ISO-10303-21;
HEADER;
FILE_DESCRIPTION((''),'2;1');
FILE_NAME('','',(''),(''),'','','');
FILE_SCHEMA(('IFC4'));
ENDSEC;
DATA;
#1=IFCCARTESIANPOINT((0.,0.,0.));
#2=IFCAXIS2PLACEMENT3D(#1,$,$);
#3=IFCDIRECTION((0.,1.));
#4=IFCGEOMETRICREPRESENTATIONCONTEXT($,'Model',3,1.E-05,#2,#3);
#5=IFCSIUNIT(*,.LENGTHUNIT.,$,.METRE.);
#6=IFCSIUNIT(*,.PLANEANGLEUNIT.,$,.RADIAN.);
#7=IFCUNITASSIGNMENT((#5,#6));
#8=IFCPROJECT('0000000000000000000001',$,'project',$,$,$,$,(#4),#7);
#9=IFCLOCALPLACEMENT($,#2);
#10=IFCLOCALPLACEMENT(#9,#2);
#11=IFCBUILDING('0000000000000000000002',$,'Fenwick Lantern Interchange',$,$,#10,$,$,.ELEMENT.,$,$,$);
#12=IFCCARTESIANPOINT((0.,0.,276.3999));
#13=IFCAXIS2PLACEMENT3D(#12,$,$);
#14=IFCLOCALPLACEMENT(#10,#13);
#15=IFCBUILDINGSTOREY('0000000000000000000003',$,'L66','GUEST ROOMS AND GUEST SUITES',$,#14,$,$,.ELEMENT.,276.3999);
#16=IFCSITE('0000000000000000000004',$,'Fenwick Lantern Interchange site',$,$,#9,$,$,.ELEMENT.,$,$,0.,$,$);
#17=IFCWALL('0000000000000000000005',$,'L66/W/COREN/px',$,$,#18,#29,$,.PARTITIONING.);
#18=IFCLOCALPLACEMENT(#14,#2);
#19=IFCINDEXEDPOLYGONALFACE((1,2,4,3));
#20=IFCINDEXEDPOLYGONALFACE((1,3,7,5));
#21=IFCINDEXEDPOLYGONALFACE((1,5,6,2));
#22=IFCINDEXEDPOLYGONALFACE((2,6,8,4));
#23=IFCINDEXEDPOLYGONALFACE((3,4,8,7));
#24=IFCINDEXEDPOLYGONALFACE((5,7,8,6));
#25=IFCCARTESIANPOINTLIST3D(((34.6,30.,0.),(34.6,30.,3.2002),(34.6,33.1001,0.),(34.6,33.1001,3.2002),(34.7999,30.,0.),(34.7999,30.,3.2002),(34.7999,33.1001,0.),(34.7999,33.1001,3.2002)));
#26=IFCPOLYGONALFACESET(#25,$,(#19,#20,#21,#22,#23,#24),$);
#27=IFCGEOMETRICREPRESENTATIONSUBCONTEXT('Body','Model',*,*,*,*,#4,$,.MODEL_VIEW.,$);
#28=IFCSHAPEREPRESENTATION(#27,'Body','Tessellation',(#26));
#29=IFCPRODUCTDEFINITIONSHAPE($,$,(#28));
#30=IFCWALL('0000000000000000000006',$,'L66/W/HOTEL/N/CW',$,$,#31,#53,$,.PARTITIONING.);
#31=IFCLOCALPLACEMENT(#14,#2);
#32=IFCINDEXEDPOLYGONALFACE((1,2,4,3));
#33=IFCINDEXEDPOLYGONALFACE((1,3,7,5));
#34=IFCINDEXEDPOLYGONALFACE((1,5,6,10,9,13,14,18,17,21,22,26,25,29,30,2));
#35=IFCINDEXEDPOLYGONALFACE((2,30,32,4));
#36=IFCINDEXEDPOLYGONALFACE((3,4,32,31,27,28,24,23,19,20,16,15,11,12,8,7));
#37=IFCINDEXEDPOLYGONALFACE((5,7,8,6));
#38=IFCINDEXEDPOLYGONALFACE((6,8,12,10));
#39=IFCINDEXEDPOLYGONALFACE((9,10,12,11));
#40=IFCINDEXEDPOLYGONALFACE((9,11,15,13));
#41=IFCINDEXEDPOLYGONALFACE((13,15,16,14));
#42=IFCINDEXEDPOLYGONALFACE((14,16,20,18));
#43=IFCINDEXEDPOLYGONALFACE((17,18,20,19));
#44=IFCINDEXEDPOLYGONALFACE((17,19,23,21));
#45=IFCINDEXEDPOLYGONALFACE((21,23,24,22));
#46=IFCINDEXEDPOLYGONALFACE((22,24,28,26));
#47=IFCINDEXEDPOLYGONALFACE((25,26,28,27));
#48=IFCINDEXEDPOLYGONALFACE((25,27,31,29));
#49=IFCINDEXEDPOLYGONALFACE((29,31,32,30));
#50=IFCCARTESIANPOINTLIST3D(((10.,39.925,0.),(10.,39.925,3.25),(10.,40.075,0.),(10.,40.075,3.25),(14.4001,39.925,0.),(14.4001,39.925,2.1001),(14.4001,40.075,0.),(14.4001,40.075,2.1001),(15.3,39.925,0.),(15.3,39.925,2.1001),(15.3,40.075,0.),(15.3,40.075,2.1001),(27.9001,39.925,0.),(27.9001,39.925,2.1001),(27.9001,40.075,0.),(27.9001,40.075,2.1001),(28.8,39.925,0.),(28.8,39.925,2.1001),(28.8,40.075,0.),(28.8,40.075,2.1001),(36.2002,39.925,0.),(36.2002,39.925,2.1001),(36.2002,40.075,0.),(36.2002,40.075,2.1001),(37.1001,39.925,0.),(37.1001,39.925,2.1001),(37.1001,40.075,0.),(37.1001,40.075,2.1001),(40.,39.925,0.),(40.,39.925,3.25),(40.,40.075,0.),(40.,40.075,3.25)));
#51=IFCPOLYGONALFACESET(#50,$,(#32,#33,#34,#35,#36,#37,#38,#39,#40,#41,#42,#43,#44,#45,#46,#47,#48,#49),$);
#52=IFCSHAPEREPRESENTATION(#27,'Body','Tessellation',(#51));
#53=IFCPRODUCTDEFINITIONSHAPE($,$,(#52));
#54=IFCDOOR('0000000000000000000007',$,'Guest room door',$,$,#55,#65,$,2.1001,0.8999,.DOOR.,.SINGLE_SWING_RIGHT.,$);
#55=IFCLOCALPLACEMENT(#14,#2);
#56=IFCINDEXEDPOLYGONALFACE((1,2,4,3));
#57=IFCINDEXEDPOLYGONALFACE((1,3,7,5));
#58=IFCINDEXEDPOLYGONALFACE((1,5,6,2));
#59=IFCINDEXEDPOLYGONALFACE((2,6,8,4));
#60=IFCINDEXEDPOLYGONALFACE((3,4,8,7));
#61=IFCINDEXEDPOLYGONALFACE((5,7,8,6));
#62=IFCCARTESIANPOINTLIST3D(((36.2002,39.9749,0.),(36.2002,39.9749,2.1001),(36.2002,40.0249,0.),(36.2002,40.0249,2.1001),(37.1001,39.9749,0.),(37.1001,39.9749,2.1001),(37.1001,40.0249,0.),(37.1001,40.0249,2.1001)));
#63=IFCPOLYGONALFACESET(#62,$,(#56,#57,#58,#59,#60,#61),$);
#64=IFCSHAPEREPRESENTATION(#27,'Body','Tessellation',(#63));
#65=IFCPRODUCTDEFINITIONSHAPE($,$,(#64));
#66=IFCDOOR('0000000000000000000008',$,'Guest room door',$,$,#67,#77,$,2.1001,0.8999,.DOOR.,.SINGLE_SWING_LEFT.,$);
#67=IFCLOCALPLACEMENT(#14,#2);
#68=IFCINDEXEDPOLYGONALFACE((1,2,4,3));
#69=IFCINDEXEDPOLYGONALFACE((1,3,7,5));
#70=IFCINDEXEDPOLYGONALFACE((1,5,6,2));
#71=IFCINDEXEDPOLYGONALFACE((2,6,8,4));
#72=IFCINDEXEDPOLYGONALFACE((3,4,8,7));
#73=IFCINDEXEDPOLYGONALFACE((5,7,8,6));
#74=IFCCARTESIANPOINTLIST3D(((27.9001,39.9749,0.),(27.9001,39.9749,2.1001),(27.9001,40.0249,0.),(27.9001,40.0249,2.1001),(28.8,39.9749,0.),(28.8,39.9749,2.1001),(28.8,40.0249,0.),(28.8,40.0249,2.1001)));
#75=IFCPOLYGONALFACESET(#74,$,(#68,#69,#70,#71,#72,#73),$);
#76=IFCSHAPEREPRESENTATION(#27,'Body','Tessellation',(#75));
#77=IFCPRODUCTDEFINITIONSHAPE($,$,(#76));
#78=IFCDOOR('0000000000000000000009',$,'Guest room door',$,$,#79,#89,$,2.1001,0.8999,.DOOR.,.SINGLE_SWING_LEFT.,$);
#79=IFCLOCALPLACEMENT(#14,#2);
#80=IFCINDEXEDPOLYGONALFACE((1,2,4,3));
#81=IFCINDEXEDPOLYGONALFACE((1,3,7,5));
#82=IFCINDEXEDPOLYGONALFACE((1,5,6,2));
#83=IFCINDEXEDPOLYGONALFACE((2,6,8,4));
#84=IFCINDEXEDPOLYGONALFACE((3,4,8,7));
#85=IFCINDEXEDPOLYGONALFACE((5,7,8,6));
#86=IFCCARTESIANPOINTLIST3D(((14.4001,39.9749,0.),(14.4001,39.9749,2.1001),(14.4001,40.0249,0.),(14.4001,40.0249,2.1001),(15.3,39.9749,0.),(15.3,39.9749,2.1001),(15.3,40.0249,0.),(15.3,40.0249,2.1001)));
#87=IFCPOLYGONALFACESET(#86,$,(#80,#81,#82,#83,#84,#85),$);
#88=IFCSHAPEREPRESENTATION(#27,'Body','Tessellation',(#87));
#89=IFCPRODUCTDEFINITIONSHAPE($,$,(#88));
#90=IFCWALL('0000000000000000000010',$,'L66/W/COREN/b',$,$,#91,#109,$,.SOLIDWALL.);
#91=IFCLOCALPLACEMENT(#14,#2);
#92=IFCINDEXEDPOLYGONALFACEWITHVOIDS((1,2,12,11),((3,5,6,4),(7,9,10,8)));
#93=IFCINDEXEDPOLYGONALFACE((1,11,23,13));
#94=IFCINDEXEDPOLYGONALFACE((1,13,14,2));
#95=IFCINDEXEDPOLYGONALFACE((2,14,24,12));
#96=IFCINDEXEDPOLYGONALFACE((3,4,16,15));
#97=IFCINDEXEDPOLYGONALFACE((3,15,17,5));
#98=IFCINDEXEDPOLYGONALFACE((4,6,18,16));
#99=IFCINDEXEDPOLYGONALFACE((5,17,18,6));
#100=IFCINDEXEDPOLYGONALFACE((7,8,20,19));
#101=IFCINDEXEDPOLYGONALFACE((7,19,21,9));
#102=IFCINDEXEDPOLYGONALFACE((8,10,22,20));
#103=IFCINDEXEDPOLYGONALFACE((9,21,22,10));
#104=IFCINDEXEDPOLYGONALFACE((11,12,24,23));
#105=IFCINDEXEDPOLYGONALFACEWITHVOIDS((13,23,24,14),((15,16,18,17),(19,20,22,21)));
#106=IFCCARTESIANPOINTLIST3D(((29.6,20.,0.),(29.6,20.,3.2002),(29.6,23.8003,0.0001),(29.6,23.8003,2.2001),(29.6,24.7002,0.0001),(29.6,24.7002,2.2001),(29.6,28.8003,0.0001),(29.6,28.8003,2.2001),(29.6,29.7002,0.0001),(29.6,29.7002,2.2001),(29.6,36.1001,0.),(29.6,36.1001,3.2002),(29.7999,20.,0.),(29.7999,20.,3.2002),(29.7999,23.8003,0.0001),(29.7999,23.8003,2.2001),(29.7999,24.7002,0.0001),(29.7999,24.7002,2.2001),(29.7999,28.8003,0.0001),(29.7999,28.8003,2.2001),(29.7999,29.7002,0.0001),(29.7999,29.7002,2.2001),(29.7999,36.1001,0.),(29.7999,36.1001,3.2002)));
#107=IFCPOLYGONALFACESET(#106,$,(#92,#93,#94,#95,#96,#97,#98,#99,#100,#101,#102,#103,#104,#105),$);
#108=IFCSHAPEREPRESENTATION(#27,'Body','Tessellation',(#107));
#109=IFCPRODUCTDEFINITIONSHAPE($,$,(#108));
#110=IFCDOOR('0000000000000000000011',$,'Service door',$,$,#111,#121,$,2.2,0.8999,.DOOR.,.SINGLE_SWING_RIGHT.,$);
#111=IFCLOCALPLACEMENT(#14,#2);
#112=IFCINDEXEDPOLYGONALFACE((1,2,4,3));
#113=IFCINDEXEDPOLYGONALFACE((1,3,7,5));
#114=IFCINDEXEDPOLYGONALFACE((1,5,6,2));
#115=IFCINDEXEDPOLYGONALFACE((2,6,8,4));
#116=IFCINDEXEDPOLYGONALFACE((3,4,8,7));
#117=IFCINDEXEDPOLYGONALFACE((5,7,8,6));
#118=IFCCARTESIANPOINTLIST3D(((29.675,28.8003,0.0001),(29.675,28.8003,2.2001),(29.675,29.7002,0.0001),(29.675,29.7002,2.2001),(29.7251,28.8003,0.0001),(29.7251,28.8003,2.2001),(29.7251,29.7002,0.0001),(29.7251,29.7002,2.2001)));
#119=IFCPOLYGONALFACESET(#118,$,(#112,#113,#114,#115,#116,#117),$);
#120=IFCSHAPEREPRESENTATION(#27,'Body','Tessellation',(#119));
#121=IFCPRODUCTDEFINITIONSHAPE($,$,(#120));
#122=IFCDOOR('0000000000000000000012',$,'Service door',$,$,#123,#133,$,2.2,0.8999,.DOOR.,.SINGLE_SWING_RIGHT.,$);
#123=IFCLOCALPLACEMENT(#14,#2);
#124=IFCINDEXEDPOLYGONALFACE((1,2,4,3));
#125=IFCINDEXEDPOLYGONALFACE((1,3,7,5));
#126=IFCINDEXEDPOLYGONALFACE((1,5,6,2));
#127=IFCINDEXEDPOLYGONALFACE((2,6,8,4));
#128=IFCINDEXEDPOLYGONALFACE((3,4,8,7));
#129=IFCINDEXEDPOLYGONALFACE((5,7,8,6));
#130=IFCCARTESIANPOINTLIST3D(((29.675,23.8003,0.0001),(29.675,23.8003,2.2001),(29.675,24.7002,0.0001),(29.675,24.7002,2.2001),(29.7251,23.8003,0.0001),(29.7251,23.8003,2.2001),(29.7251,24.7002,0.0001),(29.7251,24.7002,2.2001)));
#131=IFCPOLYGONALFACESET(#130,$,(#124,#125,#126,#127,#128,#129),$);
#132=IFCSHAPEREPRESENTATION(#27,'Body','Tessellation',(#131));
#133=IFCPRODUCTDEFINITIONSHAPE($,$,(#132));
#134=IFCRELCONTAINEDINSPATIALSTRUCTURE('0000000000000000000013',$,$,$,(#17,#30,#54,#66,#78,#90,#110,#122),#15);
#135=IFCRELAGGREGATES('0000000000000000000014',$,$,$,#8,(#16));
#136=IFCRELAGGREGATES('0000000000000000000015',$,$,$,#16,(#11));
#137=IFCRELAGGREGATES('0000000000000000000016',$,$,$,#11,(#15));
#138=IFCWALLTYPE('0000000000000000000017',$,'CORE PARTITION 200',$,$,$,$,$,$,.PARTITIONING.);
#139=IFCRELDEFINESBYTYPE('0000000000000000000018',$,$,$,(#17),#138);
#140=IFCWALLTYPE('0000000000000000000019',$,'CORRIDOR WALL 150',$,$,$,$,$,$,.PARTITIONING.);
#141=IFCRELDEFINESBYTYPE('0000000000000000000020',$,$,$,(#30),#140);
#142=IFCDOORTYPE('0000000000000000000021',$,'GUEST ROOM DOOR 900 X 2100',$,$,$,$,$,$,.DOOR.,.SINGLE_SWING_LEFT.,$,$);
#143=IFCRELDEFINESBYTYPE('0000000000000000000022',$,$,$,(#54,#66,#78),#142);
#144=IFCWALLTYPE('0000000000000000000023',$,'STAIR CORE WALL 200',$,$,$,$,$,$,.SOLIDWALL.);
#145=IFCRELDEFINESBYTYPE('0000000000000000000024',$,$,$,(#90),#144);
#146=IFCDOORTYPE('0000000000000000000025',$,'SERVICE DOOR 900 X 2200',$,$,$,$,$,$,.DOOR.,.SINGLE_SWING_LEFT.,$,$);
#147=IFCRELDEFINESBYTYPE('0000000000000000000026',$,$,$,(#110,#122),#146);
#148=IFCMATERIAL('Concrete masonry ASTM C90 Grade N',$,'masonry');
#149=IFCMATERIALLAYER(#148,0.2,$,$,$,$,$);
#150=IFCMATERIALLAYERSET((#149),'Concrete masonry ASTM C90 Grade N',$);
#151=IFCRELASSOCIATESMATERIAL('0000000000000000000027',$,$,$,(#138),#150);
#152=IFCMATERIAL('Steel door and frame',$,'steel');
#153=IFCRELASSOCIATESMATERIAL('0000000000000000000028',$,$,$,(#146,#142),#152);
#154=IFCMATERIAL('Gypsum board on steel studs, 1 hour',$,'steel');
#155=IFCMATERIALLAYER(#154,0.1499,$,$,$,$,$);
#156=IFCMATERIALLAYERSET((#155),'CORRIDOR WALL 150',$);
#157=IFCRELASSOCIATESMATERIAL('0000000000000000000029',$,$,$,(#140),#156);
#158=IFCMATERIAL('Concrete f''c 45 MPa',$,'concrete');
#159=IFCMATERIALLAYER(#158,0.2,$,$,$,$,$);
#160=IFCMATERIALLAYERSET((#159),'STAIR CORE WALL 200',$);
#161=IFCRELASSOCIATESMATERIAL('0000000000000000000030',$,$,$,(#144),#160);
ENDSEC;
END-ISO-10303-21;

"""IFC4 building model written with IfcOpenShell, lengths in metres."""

from ifc_helpers import new_model, si_unit, direction, frame, frame_2d, origin, place, context, subcontext, project, spatial, rectangle, extrude, material, layer, layer_set, type_object, element, fill, save


model = new_model("IFC4")

# Units and contexts
model_context = context("Model", 3, precision=1e-05, world=origin(), true_north=direction((0.0, 1.0)))
body_context = subcontext(model_context, "Body", "Model", "MODEL_VIEW")
ifc_project = project(units=[si_unit("LENGTHUNIT", "METRE"), si_unit("PLANEANGLEUNIT", "RADIAN")], contexts=[model_context])

# Site, building, storey
site_placement = place(None, origin())
site = spatial("IfcSite", under=ifc_project, at=site_placement, Name="Fenwick Lantern Interchange site", CompositionType="ELEMENT", RefElevation=0.0)
building_placement = place(site_placement, origin())
building = spatial("IfcBuilding", under=site, at=building_placement, Name="Fenwick Lantern Interchange", CompositionType="ELEMENT")
storey_placement = place(building_placement, frame((0.0, 0.0, 276.3999)))
storey = spatial("IfcBuildingStorey", under=building, at=storey_placement, Name="L66", Description="GUEST ROOMS AND GUEST SUITES", CompositionType="ELEMENT", Elevation=276.3999)

# Shared definitions
ifc_material_1 = material(Name="Concrete masonry ASTM C90 Grade N", Category="masonry")
ifc_layer_1 = layer(ifc_material_1, 0.2)
ifc_layer_set_1 = layer_set([ifc_layer_1], Name="Concrete masonry ASTM C90 Grade N")
wall_type_1 = type_object("IfcWallType", Name="CORE PARTITION 200", PredefinedType="PARTITIONING", material=ifc_layer_set_1)
ifc_material_2 = material(Name="Steel door and frame", Category="steel")
door_type_1 = type_object("IfcDoorType", Name="SERVICE DOOR 900 X 2200", OperationType="SINGLE_SWING_LEFT", PredefinedType="DOOR", material=ifc_material_2)

# Wall
wall_1_placement = place(storey_placement, frame((34.7, 33.1001, 0.0), z_axis=(0.0, 0.0, 1.0), x_axis=(0.0, -1.0, 0.0)))
element("IfcWall", 1, at=wall_1_placement, inside=storey, type_object=wall_type_1, Name="L66/W/COREN/px", PredefinedType="PARTITIONING", context=body_context, shape_type="SweptSolid", body=[
    extrude(rectangle(XDim=3.1001, YDim=0.2, at=frame_2d((1.55, 0.0))), origin(), (0.0, 0.0, 1.0), 3.2002),
])

# Walls, openings, doors
ifc_material_3 = material(Name="Gypsum board on steel studs, 1 hour", Category="steel")
ifc_layer_2 = layer(ifc_material_3, 0.1499)
ifc_layer_set_2 = layer_set([ifc_layer_2], Name="CORRIDOR WALL 150")
wall_type_2 = type_object("IfcWallType", Name="CORRIDOR WALL 150", PredefinedType="PARTITIONING", material=ifc_layer_set_2)
wall_2_placement = place(storey_placement, frame((40.0, 40.0, 0.0), z_axis=(0.0, 0.0, 1.0), x_axis=(-1.0, 0.0, 0.0)))
wall_2 = element("IfcWall", 2, at=wall_2_placement, inside=storey, type_object=wall_type_2, Name="L66/W/HOTEL/N/CW", PredefinedType="PARTITIONING", context=body_context, shape_type="SweptSolid", body=[
    extrude(rectangle(XDim=30.0, YDim=0.1499, at=frame_2d((15.0, 0.0))), origin(), (0.0, 0.0, 1.0), 3.25),
])
opening_1_placement = place(wall_2_placement, frame((2.8999, 0.0, 0.0)))
opening_1 = element("IfcOpeningElement", 3, at=opening_1_placement, cuts=wall_2, PredefinedType="OPENING", context=body_context, shape_type="SweptSolid", body=[
    extrude(rectangle(XDim=0.8999, YDim=2.1001, at=frame_2d((0.45, 1.05))), frame((0.0, 0.085, 0.0), z_axis=(0.0, -1.0, 0.0), x_axis=(1.0, 0.0, 0.0)), (0.0, 0.0, 1.0), 0.1699),
])
opening_2_placement = place(wall_2_placement, frame((11.2, 0.0, 0.0)))
opening_2 = element("IfcOpeningElement", 4, at=opening_2_placement, cuts=wall_2, PredefinedType="OPENING", context=body_context, shape_type="SweptSolid", body=[
    extrude(rectangle(XDim=0.8999, YDim=2.1001, at=frame_2d((0.45, 1.05))), frame((0.0, 0.085, 0.0), z_axis=(0.0, -1.0, 0.0), x_axis=(1.0, 0.0, 0.0)), (0.0, 0.0, 1.0), 0.1699),
])
opening_3_placement = place(wall_2_placement, frame((24.7, 0.0, 0.0)))
opening_3 = element("IfcOpeningElement", 5, at=opening_3_placement, cuts=wall_2, PredefinedType="OPENING", context=body_context, shape_type="SweptSolid", body=[
    extrude(rectangle(XDim=0.8999, YDim=2.1001, at=frame_2d((0.45, 1.05))), frame((0.0, 0.085, 0.0), z_axis=(0.0, -1.0, 0.0), x_axis=(1.0, 0.0, 0.0)), (0.0, 0.0, 1.0), 0.1699),
])
door_type_2 = type_object("IfcDoorType", Name="GUEST ROOM DOOR 900 X 2100", OperationType="SINGLE_SWING_LEFT", PredefinedType="DOOR", material=ifc_material_2)
door_1_placement = place(opening_1_placement, frame((0.8999, 0.0, 0.0), z_axis=(0.0, 0.0, 1.0), x_axis=(-1.0, 0.0, 0.0)))
door_1 = element("IfcDoor", 6, at=door_1_placement, inside=storey, type_object=door_type_2, Name="Guest room door", OperationType="SINGLE_SWING_RIGHT", OverallHeight=2.1001, OverallWidth=0.8999, PredefinedType="DOOR", context=body_context, shape_type="SweptSolid", body=[
    extrude(rectangle(XDim=0.8999, YDim=2.1001, at=frame_2d((0.45, 1.05))), frame((0.0, 0.0249, 0.0), z_axis=(0.0, -1.0, 0.0), x_axis=(1.0, 0.0, 0.0)), (0.0, 0.0, 1.0), 0.05),
])
fill(opening_1, door_1)
door_2_placement = place(opening_2_placement, frame((0.8999, 0.0, 0.0), z_axis=(0.0, 0.0, 1.0), x_axis=(-1.0, 0.0, 0.0)))
door_2 = element("IfcDoor", 7, at=door_2_placement, inside=storey, type_object=door_type_2, Name="Guest room door", OperationType="SINGLE_SWING_LEFT", OverallHeight=2.1001, OverallWidth=0.8999, PredefinedType="DOOR", context=body_context, shape_type="SweptSolid", body=[
    extrude(rectangle(XDim=0.8999, YDim=2.1001, at=frame_2d((0.45, 1.05))), frame((0.0, 0.0249, 0.0), z_axis=(0.0, -1.0, 0.0), x_axis=(1.0, 0.0, 0.0)), (0.0, 0.0, 1.0), 0.05),
])
fill(opening_2, door_2)
door_3_placement = place(opening_3_placement, frame((0.8999, 0.0, 0.0), z_axis=(0.0, 0.0, 1.0), x_axis=(-1.0, 0.0, 0.0)))
door_3 = element("IfcDoor", 8, at=door_3_placement, inside=storey, type_object=door_type_2, Name="Guest room door", OperationType="SINGLE_SWING_LEFT", OverallHeight=2.1001, OverallWidth=0.8999, PredefinedType="DOOR", context=body_context, shape_type="SweptSolid", body=[
    extrude(rectangle(XDim=0.8999, YDim=2.1001, at=frame_2d((0.45, 1.05))), frame((0.0, 0.0249, 0.0), z_axis=(0.0, -1.0, 0.0), x_axis=(1.0, 0.0, 0.0)), (0.0, 0.0, 1.0), 0.05),
])
fill(opening_3, door_3)
ifc_material_4 = material(Name="Concrete f'c 45 MPa", Category="concrete")
ifc_layer_3 = layer(ifc_material_4, 0.2)
ifc_layer_set_3 = layer_set([ifc_layer_3], Name="STAIR CORE WALL 200")
wall_type_3 = type_object("IfcWallType", Name="STAIR CORE WALL 200", PredefinedType="SOLIDWALL", material=ifc_layer_set_3)
wall_3_placement = place(storey_placement, frame((29.7, 36.1001, 0.0), z_axis=(0.0, 0.0, 1.0), x_axis=(0.0, -1.0, 0.0)))
wall_3 = element("IfcWall", 9, at=wall_3_placement, inside=storey, type_object=wall_type_3, Name="L66/W/COREN/b", PredefinedType="SOLIDWALL", context=body_context, shape_type="SweptSolid", body=[
    extrude(rectangle(XDim=16.1001, YDim=0.2, at=frame_2d((8.05, 0.0))), origin(), (0.0, 0.0, 1.0), 3.2002),
])
opening_4_placement = place(wall_3_placement, frame((6.3999, 0.0, 0.0)))
opening_4 = element("IfcOpeningElement", 10, at=opening_4_placement, cuts=wall_3, PredefinedType="OPENING", context=body_context, shape_type="SweptSolid", body=[
    extrude(rectangle(XDim=0.8999, YDim=2.2, at=frame_2d((0.45, 1.1001))), frame((0.0, 0.1099, 0.0), z_axis=(0.0, -1.0, 0.0), x_axis=(1.0, 0.0, 0.0)), (0.0, 0.0, 1.0), 0.22),
])
opening_5_placement = place(wall_3_placement, frame((11.3999, 0.0, 0.0)))
opening_5 = element("IfcOpeningElement", 11, at=opening_5_placement, cuts=wall_3, PredefinedType="OPENING", context=body_context, shape_type="SweptSolid", body=[
    extrude(rectangle(XDim=0.8999, YDim=2.2, at=frame_2d((0.45, 1.1001))), frame((0.0, 0.1099, 0.0), z_axis=(0.0, -1.0, 0.0), x_axis=(1.0, 0.0, 0.0)), (0.0, 0.0, 1.0), 0.22),
])
door_4_placement = place(opening_4_placement, frame((0.8999, 0.0, 0.0), z_axis=(0.0, 0.0, 1.0), x_axis=(-1.0, 0.0, 0.0)))
door_4 = element("IfcDoor", 12, at=door_4_placement, inside=storey, type_object=door_type_1, Name="Service door", OperationType="SINGLE_SWING_RIGHT", OverallHeight=2.2, OverallWidth=0.8999, PredefinedType="DOOR", context=body_context, shape_type="SweptSolid", body=[
    extrude(rectangle(XDim=0.8999, YDim=2.2, at=frame_2d((0.45, 1.1001))), frame((0.0, 0.0249, 0.0), z_axis=(0.0, -1.0, 0.0), x_axis=(1.0, 0.0, 0.0)), (0.0, 0.0, 1.0), 0.05),
])
fill(opening_4, door_4)
door_5_placement = place(opening_5_placement, frame((0.8999, 0.0, 0.0), z_axis=(0.0, 0.0, 1.0), x_axis=(-1.0, 0.0, 0.0)))
door_5 = element("IfcDoor", 13, at=door_5_placement, inside=storey, type_object=door_type_1, Name="Service door", OperationType="SINGLE_SWING_RIGHT", OverallHeight=2.2, OverallWidth=0.8999, PredefinedType="DOOR", context=body_context, shape_type="SweptSolid", body=[
    extrude(rectangle(XDim=0.8999, YDim=2.2, at=frame_2d((0.45, 1.1001))), frame((0.0, 0.0249, 0.0), z_axis=(0.0, -1.0, 0.0), x_axis=(1.0, 0.0, 0.0)), (0.0, 0.0, 1.0), 0.05),
])
fill(opening_5, door_5)

save(model, "model.ifc")
